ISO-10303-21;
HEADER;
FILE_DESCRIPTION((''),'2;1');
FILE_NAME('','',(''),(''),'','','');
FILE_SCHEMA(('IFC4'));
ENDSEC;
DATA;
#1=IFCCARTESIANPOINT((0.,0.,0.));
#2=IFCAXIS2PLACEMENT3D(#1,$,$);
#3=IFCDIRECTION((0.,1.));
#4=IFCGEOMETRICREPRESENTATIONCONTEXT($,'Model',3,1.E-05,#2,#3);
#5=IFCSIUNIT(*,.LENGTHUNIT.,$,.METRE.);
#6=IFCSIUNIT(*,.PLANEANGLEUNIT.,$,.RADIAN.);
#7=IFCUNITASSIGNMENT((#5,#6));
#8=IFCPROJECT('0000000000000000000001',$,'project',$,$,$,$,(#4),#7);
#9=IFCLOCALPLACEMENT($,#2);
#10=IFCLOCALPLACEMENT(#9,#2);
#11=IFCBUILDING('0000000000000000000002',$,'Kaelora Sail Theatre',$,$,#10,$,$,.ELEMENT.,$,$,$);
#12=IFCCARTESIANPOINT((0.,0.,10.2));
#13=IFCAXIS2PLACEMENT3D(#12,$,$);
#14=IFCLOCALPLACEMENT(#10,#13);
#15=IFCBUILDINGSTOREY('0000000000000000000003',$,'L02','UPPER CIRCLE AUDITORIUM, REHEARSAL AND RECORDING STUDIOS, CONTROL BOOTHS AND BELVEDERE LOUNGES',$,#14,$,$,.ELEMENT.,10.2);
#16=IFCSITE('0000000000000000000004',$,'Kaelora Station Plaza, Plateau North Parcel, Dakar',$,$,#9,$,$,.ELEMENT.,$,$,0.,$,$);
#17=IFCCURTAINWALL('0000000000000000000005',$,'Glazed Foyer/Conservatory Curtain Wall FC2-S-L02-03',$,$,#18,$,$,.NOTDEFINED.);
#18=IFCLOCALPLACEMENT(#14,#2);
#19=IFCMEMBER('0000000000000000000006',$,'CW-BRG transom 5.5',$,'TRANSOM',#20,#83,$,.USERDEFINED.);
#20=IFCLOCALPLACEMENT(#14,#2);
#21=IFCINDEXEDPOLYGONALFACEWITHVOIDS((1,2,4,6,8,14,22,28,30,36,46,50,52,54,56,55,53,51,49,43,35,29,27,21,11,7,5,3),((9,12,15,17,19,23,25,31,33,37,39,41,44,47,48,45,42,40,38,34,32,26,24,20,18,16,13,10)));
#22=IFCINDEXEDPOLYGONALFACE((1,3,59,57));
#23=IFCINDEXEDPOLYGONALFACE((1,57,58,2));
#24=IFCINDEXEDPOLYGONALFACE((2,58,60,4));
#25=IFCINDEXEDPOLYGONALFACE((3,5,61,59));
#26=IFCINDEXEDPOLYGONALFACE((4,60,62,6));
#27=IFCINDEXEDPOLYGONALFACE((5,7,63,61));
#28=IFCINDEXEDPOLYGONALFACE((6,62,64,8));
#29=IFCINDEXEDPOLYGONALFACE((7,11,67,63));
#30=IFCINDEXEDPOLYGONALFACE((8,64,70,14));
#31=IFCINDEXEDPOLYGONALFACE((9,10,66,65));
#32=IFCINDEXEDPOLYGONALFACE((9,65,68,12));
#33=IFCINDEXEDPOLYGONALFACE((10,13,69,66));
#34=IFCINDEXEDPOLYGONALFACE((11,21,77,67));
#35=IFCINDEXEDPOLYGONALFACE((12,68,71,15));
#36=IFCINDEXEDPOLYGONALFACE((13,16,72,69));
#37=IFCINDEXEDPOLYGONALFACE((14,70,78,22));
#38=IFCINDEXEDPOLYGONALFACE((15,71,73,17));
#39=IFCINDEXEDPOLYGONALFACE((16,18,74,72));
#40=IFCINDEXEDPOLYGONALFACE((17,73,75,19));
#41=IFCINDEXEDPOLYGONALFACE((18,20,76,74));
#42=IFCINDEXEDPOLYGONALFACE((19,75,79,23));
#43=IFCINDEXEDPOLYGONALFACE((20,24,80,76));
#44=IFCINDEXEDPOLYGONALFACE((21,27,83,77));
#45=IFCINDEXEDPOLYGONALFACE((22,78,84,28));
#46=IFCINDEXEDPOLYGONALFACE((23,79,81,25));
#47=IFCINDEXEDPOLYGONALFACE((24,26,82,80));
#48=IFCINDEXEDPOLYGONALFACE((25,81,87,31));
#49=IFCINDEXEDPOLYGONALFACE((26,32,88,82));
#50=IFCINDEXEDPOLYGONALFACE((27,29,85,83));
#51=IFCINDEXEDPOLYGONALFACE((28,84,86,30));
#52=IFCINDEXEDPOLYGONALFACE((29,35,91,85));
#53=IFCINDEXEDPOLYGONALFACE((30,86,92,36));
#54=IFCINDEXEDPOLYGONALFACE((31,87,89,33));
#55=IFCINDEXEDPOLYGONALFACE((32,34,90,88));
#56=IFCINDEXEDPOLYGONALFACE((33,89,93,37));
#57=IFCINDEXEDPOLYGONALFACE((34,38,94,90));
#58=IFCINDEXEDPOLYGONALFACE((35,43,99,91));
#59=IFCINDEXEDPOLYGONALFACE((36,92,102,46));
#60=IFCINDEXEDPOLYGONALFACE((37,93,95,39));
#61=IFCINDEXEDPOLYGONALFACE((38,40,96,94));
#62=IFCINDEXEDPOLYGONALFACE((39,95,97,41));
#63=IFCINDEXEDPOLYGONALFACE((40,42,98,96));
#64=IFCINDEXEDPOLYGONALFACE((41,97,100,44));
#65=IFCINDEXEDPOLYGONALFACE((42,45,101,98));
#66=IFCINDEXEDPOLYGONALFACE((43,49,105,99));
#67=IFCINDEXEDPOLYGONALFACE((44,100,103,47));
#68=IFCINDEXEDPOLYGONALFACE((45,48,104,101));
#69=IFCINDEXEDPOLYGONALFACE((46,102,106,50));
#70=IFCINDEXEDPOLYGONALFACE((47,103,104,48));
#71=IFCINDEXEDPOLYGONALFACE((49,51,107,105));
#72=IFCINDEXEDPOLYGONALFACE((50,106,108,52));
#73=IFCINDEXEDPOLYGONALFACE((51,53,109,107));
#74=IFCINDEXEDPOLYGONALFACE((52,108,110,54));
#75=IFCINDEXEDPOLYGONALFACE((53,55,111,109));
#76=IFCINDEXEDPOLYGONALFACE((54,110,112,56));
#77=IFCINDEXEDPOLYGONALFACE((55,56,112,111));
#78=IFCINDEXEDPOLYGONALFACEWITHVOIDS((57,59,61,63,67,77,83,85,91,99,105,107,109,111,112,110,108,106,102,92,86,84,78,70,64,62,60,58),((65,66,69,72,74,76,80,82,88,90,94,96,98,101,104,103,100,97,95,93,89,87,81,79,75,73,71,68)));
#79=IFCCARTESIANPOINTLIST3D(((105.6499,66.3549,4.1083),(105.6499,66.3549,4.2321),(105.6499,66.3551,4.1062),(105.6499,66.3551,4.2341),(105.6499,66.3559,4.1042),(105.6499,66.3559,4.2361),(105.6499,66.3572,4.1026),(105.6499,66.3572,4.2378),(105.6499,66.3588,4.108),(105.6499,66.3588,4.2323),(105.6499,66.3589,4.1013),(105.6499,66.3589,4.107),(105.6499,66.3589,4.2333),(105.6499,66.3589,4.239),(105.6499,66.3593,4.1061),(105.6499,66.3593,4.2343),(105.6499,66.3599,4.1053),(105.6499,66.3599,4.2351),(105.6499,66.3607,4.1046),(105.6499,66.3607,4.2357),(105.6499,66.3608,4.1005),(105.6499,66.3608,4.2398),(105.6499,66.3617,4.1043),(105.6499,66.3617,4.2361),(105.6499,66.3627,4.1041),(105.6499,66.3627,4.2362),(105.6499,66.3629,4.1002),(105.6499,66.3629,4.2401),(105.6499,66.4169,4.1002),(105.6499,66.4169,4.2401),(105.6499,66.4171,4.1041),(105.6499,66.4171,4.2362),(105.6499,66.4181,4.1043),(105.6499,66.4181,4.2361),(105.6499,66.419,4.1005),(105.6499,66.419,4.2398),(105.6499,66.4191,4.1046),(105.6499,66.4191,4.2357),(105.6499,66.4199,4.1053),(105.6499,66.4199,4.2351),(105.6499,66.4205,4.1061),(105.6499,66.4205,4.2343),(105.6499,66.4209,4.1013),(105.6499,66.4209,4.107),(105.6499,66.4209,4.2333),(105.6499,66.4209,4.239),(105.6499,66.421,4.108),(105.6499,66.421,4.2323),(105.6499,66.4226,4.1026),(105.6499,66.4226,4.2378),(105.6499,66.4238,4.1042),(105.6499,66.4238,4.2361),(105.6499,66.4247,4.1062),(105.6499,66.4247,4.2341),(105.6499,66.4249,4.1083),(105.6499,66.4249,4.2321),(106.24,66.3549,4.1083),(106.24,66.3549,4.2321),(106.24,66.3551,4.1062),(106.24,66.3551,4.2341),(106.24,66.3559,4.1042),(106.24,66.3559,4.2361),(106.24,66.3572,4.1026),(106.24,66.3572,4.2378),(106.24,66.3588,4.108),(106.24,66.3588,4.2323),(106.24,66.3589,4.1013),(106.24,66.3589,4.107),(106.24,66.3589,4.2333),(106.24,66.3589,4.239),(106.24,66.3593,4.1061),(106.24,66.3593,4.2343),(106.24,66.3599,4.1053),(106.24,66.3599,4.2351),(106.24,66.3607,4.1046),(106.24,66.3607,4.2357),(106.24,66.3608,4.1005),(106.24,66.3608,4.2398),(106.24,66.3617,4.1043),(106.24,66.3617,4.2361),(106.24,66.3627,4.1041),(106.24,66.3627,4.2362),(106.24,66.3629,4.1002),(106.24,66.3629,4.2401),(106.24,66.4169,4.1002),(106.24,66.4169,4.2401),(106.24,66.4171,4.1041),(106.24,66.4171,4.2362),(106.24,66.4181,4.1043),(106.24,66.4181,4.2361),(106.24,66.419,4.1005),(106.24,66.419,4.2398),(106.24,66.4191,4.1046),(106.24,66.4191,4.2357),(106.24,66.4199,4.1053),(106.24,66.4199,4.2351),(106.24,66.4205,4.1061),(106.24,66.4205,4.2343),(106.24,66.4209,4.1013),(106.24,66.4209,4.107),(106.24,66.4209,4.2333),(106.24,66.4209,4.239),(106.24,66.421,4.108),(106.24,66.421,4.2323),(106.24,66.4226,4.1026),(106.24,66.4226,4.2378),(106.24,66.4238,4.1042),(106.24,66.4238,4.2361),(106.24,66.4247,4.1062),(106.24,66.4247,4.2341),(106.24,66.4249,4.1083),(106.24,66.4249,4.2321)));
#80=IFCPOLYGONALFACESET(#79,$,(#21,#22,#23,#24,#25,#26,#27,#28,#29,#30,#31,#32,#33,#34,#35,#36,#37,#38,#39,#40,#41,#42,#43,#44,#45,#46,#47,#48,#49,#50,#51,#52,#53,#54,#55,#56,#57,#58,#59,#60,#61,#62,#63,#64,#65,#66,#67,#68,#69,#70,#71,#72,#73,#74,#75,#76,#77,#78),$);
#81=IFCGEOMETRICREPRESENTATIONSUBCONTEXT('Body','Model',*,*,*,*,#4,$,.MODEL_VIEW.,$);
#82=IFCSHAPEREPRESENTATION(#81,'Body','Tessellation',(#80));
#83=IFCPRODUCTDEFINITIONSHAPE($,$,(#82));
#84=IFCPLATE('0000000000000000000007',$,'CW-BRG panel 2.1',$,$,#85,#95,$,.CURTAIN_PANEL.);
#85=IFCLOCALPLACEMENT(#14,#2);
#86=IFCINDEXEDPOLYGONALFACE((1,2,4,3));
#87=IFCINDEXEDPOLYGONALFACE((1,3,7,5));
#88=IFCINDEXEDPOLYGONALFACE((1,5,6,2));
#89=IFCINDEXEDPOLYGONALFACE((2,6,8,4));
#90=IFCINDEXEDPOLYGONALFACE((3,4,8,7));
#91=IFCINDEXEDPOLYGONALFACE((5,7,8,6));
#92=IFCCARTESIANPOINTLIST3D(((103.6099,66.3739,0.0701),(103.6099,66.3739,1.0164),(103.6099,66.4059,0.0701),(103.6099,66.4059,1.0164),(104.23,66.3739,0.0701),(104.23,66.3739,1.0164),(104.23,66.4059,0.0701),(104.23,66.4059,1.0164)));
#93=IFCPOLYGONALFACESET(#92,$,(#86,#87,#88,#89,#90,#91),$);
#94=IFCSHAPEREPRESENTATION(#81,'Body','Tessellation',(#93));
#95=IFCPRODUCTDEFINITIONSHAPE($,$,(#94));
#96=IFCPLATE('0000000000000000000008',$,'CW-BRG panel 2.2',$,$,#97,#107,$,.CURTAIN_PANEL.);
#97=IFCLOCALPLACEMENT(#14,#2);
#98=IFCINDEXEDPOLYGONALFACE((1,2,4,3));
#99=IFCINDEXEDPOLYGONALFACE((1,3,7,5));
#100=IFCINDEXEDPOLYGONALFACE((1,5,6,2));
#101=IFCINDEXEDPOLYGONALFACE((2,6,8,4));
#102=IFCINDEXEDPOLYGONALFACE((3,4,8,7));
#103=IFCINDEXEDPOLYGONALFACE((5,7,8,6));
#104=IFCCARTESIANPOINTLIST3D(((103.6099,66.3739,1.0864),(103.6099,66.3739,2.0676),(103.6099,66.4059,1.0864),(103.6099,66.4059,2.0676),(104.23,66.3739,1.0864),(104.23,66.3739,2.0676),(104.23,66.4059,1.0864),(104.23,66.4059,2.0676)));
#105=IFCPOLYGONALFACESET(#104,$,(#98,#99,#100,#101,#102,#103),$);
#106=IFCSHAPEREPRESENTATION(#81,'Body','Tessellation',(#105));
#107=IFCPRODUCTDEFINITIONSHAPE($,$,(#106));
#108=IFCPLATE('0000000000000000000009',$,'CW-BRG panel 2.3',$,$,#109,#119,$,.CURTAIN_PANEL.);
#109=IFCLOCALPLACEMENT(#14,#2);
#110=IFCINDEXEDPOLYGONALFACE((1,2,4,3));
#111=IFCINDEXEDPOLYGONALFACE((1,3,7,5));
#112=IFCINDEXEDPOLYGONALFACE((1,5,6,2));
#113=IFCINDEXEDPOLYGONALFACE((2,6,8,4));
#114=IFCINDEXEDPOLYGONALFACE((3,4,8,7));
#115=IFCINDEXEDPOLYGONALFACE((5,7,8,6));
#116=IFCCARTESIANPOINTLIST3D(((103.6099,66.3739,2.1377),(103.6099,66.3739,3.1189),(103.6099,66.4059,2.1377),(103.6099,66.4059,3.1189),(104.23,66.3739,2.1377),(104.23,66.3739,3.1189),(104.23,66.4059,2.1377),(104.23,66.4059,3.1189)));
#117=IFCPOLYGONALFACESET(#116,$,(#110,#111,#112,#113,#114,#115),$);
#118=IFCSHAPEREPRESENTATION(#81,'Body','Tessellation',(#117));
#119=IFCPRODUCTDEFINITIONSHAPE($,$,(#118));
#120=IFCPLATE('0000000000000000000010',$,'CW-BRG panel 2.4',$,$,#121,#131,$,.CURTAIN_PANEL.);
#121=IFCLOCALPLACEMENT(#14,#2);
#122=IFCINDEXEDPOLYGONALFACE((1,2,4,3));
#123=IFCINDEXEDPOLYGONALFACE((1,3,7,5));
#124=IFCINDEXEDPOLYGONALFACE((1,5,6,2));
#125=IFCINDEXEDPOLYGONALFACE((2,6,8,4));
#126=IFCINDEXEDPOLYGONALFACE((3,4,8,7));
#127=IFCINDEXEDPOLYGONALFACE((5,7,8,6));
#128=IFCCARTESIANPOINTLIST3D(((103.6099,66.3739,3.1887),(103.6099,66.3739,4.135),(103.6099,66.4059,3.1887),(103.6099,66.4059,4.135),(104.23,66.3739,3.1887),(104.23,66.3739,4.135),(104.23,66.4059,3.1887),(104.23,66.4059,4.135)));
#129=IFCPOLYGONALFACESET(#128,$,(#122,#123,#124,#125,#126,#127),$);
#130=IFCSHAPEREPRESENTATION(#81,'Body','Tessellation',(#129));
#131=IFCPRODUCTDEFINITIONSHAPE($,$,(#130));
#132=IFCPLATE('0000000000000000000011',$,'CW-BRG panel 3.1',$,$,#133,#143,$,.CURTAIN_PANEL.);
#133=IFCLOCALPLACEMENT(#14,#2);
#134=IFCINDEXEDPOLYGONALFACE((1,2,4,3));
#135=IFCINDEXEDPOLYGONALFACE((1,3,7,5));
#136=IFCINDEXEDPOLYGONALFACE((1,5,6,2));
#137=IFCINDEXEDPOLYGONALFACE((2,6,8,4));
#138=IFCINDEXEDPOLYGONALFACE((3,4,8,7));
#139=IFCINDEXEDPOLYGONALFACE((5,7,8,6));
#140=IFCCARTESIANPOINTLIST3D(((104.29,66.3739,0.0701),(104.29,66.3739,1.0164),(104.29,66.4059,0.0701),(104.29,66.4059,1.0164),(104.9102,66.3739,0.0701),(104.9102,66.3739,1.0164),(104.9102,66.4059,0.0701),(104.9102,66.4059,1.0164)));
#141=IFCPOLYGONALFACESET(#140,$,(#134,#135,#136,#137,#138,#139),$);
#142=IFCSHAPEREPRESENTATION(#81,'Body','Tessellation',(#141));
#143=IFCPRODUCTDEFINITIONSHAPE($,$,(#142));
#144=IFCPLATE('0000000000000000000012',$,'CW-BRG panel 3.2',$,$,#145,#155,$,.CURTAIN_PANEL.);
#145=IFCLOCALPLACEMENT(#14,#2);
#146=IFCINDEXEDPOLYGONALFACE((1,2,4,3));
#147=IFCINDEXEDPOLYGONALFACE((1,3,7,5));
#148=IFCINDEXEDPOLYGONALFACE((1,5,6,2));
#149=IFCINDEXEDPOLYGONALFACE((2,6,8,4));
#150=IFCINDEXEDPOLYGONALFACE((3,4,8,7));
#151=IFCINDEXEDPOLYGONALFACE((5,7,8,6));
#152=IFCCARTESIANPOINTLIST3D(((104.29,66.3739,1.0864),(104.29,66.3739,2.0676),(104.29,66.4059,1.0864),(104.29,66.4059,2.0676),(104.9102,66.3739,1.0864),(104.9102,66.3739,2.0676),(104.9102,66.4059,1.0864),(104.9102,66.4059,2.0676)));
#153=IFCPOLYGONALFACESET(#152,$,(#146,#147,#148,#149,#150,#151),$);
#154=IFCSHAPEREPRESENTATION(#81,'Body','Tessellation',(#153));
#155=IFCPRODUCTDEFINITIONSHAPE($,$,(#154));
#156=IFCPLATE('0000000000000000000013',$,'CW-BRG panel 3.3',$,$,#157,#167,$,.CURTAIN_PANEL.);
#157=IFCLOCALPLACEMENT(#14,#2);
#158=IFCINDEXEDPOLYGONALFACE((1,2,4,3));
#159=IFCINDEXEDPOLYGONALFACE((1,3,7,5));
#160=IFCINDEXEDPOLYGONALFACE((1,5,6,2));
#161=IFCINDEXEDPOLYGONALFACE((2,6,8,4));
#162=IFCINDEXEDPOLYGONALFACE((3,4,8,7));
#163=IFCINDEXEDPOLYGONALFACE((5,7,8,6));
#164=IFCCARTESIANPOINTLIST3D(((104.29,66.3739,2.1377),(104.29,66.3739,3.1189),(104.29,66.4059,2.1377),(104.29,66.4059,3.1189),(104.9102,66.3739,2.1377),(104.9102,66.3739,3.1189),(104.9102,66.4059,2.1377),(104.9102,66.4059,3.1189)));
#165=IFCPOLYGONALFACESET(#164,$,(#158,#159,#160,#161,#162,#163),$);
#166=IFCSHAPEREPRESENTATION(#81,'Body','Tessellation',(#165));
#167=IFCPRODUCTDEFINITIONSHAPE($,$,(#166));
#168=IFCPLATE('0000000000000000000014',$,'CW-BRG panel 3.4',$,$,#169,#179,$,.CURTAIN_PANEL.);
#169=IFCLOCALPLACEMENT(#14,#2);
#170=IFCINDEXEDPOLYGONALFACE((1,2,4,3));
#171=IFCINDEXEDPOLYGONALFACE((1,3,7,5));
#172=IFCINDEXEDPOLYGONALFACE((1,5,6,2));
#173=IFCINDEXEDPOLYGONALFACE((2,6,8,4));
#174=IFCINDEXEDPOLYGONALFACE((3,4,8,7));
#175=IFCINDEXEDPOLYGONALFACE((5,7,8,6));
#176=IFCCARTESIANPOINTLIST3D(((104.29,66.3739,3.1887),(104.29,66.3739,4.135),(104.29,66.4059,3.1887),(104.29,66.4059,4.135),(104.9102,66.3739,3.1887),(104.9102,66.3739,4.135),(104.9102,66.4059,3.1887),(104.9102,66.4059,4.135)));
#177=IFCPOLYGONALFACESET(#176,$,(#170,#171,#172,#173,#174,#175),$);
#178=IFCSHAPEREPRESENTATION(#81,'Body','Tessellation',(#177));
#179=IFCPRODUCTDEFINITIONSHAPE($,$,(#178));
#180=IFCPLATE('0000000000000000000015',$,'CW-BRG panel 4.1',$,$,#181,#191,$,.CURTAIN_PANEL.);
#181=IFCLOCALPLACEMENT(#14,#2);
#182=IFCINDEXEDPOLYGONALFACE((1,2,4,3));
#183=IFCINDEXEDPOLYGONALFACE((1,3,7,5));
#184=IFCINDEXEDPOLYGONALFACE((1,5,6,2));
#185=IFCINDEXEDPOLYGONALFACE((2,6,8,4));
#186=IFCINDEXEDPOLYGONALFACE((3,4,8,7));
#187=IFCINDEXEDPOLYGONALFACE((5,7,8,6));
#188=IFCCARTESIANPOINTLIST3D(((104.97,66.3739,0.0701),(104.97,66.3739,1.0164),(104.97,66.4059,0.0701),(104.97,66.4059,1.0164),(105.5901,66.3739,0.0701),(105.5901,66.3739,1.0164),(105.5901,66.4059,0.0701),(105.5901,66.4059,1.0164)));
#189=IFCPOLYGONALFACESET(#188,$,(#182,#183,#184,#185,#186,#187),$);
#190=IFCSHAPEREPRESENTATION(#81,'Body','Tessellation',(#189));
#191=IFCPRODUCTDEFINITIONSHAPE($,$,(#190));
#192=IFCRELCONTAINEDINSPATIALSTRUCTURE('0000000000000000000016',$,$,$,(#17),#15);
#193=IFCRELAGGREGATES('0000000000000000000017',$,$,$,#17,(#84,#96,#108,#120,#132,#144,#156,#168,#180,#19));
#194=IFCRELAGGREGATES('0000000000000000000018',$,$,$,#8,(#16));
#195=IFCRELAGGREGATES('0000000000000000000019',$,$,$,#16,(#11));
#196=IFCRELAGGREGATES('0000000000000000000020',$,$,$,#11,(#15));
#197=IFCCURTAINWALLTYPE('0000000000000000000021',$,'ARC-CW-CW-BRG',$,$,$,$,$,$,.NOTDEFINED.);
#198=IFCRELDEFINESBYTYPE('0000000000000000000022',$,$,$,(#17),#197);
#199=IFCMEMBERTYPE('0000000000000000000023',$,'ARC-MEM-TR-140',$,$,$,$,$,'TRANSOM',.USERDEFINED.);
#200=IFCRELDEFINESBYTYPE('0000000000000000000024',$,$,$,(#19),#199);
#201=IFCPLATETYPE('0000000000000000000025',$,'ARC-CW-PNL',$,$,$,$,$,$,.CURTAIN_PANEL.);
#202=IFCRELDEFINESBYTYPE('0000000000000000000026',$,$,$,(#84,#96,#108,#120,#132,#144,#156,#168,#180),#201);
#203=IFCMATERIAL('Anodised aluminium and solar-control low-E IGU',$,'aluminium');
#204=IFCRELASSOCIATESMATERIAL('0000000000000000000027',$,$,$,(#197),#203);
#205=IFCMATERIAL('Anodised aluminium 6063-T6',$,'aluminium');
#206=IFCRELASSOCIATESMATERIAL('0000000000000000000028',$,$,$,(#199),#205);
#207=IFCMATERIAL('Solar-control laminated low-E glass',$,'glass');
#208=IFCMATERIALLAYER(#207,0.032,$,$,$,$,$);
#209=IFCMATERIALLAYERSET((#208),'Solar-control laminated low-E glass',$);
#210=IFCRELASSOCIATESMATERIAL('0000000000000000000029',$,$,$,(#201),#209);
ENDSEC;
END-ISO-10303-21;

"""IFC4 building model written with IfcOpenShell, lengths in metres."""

from ifc_helpers import new_model, si_unit, direction, frame, origin, origin_2d, place, context, subcontext, project, spatial, rectangle, hollow_rectangle, extrude, material, layer, layer_set, material_profile, profile_set, type_object, element, aggregate, save


model = new_model("IFC4")

# Units and contexts
model_context = context("Model", 3, precision=1e-05, world=origin(), true_north=direction((0.0, 1.0)))
body_context = subcontext(model_context, "Body", "Model", "MODEL_VIEW")
ifc_project = project(units=[si_unit("LENGTHUNIT", "METRE"), si_unit("PLANEANGLEUNIT", "RADIAN")], contexts=[model_context])

# Site, building, storey
site_placement = place(None, origin())
site = spatial("IfcSite", under=ifc_project, at=site_placement, Name="Kaelora Station Plaza, Plateau North Parcel, Dakar", CompositionType="ELEMENT", RefElevation=0.0)
building_placement = place(site_placement, origin())
building = spatial("IfcBuilding", under=site, at=building_placement, Name="Kaelora Sail Theatre", CompositionType="ELEMENT")
storey_placement = place(building_placement, frame((0.0, 0.0, 10.2)))
storey = spatial("IfcBuildingStorey", under=building, at=storey_placement, Name="L02", Description="UPPER CIRCLE AUDITORIUM, REHEARSAL AND RECORDING STUDIOS, CONTROL BOOTHS AND BELVEDERE LOUNGES", CompositionType="ELEMENT", Elevation=10.2)

# Curtain wall, member, plates
ifc_material_1 = material(Name="Anodised aluminium and solar-control low-E IGU", Category="aluminium")
curtain_wall_type = type_object("IfcCurtainWallType", Name="ARC-CW-CW-BRG", PredefinedType="NOTDEFINED", material=ifc_material_1)
curtain_wall_placement = place(storey_placement, origin())
curtain_wall = element("IfcCurtainWall", 1, at=curtain_wall_placement, inside=storey, type_object=curtain_wall_type, Name="Glazed Foyer/Conservatory Curtain Wall FC2-S-L02-03", PredefinedType="NOTDEFINED")
ifc_material_2 = material(Name="Anodised aluminium 6063-T6", Category="aluminium")
ifc_material_profile_1 = material_profile(ifc_material_2, hollow_rectangle(XDim=0.0701, YDim=0.1399, WallThickness=0.0039, InnerFilletRadius=0.0039, OuterFilletRadius=0.0081, at=origin_2d()), Name="ALU-TRAN 70x140x4")
ifc_profile_set_1 = profile_set([ifc_material_profile_1], Name="Anodised aluminium 6063-T6")
member_type_1 = type_object("IfcMemberType", Name="ARC-MEM-TR-140", ElementType="TRANSOM", PredefinedType="USERDEFINED", material=ifc_profile_set_1)
member_1_placement = place(storey_placement, frame((105.6499, 66.3899, 4.1702), z_axis=(1.0, 0.0, 0.0), x_axis=(0.0, 1.0, 0.0)))
member_1 = element("IfcMember", 2, at=member_1_placement, type_object=member_type_1, Name="CW-BRG transom 5.5", ObjectType="TRANSOM", PredefinedType="USERDEFINED", context=body_context, shape_type="SweptSolid", body=[
    extrude(hollow_rectangle(XDim=0.0701, YDim=0.1399, WallThickness=0.0039, InnerFilletRadius=0.0039, OuterFilletRadius=0.0081, at=origin_2d()), origin(), (0.0, 0.0, 1.0), 0.5901),
])
ifc_material_3 = material(Name="Solar-control laminated low-E glass", Category="glass")
ifc_layer = layer(ifc_material_3, 0.032)
ifc_layer_set = layer_set([ifc_layer], Name="Solar-control laminated low-E glass")
plate_type = type_object("IfcPlateType", Name="ARC-CW-PNL", PredefinedType="CURTAIN_PANEL", material=ifc_layer_set)
plate_1_placement = place(storey_placement, frame((103.9199, 66.3899, 0.0701), z_axis=(0.0, 0.0, 1.0), x_axis=(1.0, 0.0, 0.0)))
plate_1 = element("IfcPlate", 3, at=plate_1_placement, type_object=plate_type, Name="CW-BRG panel 2.1", PredefinedType="CURTAIN_PANEL", context=body_context, shape_type="SweptSolid", body=[
    extrude(rectangle(XDim=0.6201, YDim=0.032, at=origin_2d()), origin(), (0.0, 0.0, 1.0), 0.9463),
])
plate_2_placement = place(storey_placement, frame((103.9199, 66.3899, 1.0864), z_axis=(0.0, 0.0, 1.0), x_axis=(1.0, 0.0, 0.0)))
plate_2 = element("IfcPlate", 4, at=plate_2_placement, type_object=plate_type, Name="CW-BRG panel 2.2", PredefinedType="CURTAIN_PANEL", context=body_context, shape_type="SweptSolid", body=[
    extrude(rectangle(XDim=0.6201, YDim=0.032, at=origin_2d()), origin(), (0.0, 0.0, 1.0), 0.9812),
])
plate_3_placement = place(storey_placement, frame((103.9199, 66.3899, 2.1377), z_axis=(0.0, 0.0, 1.0), x_axis=(1.0, 0.0, 0.0)))
plate_3 = element("IfcPlate", 5, at=plate_3_placement, type_object=plate_type, Name="CW-BRG panel 2.3", PredefinedType="CURTAIN_PANEL", context=body_context, shape_type="SweptSolid", body=[
    extrude(rectangle(XDim=0.6201, YDim=0.032, at=origin_2d()), origin(), (0.0, 0.0, 1.0), 0.9812),
])
plate_4_placement = place(storey_placement, frame((103.9199, 66.3899, 3.1887), z_axis=(0.0, 0.0, 1.0), x_axis=(1.0, 0.0, 0.0)))
plate_4 = element("IfcPlate", 6, at=plate_4_placement, type_object=plate_type, Name="CW-BRG panel 2.4", PredefinedType="CURTAIN_PANEL", context=body_context, shape_type="SweptSolid", body=[
    extrude(rectangle(XDim=0.6201, YDim=0.032, at=origin_2d()), origin(), (0.0, 0.0, 1.0), 0.9463),
])
plate_5_placement = place(storey_placement, frame((104.6001, 66.3899, 0.0701), z_axis=(0.0, 0.0, 1.0), x_axis=(1.0, 0.0, 0.0)))
plate_5 = element("IfcPlate", 7, at=plate_5_placement, type_object=plate_type, Name="CW-BRG panel 3.1", PredefinedType="CURTAIN_PANEL", context=body_context, shape_type="SweptSolid", body=[
    extrude(rectangle(XDim=0.6201, YDim=0.032, at=origin_2d()), origin(), (0.0, 0.0, 1.0), 0.9463),
])
plate_6_placement = place(storey_placement, frame((104.6001, 66.3899, 1.0864), z_axis=(0.0, 0.0, 1.0), x_axis=(1.0, 0.0, 0.0)))
plate_6 = element("IfcPlate", 8, at=plate_6_placement, type_object=plate_type, Name="CW-BRG panel 3.2", PredefinedType="CURTAIN_PANEL", context=body_context, shape_type="SweptSolid", body=[
    extrude(rectangle(XDim=0.6201, YDim=0.032, at=origin_2d()), origin(), (0.0, 0.0, 1.0), 0.9812),
])
plate_7_placement = place(storey_placement, frame((104.6001, 66.3899, 2.1377), z_axis=(0.0, 0.0, 1.0), x_axis=(1.0, 0.0, 0.0)))
plate_7 = element("IfcPlate", 9, at=plate_7_placement, type_object=plate_type, Name="CW-BRG panel 3.3", PredefinedType="CURTAIN_PANEL", context=body_context, shape_type="SweptSolid", body=[
    extrude(rectangle(XDim=0.6201, YDim=0.032, at=origin_2d()), origin(), (0.0, 0.0, 1.0), 0.9812),
])
plate_8_placement = place(storey_placement, frame((104.6001, 66.3899, 3.1887), z_axis=(0.0, 0.0, 1.0), x_axis=(1.0, 0.0, 0.0)))
plate_8 = element("IfcPlate", 10, at=plate_8_placement, type_object=plate_type, Name="CW-BRG panel 3.4", PredefinedType="CURTAIN_PANEL", context=body_context, shape_type="SweptSolid", body=[
    extrude(rectangle(XDim=0.6201, YDim=0.032, at=origin_2d()), origin(), (0.0, 0.0, 1.0), 0.9463),
])
plate_9_placement = place(storey_placement, frame((105.28, 66.3899, 0.0701), z_axis=(0.0, 0.0, 1.0), x_axis=(1.0, 0.0, 0.0)))
plate_9 = element("IfcPlate", 11, at=plate_9_placement, type_object=plate_type, Name="CW-BRG panel 4.1", PredefinedType="CURTAIN_PANEL", context=body_context, shape_type="SweptSolid", body=[
    extrude(rectangle(XDim=0.6201, YDim=0.032, at=origin_2d()), origin(), (0.0, 0.0, 1.0), 0.9463),
])
aggregate(curtain_wall, [plate_1, plate_2, plate_3, plate_4, plate_5, plate_6, plate_7, plate_8, plate_9, member_1])

save(model, "model.ifc")
